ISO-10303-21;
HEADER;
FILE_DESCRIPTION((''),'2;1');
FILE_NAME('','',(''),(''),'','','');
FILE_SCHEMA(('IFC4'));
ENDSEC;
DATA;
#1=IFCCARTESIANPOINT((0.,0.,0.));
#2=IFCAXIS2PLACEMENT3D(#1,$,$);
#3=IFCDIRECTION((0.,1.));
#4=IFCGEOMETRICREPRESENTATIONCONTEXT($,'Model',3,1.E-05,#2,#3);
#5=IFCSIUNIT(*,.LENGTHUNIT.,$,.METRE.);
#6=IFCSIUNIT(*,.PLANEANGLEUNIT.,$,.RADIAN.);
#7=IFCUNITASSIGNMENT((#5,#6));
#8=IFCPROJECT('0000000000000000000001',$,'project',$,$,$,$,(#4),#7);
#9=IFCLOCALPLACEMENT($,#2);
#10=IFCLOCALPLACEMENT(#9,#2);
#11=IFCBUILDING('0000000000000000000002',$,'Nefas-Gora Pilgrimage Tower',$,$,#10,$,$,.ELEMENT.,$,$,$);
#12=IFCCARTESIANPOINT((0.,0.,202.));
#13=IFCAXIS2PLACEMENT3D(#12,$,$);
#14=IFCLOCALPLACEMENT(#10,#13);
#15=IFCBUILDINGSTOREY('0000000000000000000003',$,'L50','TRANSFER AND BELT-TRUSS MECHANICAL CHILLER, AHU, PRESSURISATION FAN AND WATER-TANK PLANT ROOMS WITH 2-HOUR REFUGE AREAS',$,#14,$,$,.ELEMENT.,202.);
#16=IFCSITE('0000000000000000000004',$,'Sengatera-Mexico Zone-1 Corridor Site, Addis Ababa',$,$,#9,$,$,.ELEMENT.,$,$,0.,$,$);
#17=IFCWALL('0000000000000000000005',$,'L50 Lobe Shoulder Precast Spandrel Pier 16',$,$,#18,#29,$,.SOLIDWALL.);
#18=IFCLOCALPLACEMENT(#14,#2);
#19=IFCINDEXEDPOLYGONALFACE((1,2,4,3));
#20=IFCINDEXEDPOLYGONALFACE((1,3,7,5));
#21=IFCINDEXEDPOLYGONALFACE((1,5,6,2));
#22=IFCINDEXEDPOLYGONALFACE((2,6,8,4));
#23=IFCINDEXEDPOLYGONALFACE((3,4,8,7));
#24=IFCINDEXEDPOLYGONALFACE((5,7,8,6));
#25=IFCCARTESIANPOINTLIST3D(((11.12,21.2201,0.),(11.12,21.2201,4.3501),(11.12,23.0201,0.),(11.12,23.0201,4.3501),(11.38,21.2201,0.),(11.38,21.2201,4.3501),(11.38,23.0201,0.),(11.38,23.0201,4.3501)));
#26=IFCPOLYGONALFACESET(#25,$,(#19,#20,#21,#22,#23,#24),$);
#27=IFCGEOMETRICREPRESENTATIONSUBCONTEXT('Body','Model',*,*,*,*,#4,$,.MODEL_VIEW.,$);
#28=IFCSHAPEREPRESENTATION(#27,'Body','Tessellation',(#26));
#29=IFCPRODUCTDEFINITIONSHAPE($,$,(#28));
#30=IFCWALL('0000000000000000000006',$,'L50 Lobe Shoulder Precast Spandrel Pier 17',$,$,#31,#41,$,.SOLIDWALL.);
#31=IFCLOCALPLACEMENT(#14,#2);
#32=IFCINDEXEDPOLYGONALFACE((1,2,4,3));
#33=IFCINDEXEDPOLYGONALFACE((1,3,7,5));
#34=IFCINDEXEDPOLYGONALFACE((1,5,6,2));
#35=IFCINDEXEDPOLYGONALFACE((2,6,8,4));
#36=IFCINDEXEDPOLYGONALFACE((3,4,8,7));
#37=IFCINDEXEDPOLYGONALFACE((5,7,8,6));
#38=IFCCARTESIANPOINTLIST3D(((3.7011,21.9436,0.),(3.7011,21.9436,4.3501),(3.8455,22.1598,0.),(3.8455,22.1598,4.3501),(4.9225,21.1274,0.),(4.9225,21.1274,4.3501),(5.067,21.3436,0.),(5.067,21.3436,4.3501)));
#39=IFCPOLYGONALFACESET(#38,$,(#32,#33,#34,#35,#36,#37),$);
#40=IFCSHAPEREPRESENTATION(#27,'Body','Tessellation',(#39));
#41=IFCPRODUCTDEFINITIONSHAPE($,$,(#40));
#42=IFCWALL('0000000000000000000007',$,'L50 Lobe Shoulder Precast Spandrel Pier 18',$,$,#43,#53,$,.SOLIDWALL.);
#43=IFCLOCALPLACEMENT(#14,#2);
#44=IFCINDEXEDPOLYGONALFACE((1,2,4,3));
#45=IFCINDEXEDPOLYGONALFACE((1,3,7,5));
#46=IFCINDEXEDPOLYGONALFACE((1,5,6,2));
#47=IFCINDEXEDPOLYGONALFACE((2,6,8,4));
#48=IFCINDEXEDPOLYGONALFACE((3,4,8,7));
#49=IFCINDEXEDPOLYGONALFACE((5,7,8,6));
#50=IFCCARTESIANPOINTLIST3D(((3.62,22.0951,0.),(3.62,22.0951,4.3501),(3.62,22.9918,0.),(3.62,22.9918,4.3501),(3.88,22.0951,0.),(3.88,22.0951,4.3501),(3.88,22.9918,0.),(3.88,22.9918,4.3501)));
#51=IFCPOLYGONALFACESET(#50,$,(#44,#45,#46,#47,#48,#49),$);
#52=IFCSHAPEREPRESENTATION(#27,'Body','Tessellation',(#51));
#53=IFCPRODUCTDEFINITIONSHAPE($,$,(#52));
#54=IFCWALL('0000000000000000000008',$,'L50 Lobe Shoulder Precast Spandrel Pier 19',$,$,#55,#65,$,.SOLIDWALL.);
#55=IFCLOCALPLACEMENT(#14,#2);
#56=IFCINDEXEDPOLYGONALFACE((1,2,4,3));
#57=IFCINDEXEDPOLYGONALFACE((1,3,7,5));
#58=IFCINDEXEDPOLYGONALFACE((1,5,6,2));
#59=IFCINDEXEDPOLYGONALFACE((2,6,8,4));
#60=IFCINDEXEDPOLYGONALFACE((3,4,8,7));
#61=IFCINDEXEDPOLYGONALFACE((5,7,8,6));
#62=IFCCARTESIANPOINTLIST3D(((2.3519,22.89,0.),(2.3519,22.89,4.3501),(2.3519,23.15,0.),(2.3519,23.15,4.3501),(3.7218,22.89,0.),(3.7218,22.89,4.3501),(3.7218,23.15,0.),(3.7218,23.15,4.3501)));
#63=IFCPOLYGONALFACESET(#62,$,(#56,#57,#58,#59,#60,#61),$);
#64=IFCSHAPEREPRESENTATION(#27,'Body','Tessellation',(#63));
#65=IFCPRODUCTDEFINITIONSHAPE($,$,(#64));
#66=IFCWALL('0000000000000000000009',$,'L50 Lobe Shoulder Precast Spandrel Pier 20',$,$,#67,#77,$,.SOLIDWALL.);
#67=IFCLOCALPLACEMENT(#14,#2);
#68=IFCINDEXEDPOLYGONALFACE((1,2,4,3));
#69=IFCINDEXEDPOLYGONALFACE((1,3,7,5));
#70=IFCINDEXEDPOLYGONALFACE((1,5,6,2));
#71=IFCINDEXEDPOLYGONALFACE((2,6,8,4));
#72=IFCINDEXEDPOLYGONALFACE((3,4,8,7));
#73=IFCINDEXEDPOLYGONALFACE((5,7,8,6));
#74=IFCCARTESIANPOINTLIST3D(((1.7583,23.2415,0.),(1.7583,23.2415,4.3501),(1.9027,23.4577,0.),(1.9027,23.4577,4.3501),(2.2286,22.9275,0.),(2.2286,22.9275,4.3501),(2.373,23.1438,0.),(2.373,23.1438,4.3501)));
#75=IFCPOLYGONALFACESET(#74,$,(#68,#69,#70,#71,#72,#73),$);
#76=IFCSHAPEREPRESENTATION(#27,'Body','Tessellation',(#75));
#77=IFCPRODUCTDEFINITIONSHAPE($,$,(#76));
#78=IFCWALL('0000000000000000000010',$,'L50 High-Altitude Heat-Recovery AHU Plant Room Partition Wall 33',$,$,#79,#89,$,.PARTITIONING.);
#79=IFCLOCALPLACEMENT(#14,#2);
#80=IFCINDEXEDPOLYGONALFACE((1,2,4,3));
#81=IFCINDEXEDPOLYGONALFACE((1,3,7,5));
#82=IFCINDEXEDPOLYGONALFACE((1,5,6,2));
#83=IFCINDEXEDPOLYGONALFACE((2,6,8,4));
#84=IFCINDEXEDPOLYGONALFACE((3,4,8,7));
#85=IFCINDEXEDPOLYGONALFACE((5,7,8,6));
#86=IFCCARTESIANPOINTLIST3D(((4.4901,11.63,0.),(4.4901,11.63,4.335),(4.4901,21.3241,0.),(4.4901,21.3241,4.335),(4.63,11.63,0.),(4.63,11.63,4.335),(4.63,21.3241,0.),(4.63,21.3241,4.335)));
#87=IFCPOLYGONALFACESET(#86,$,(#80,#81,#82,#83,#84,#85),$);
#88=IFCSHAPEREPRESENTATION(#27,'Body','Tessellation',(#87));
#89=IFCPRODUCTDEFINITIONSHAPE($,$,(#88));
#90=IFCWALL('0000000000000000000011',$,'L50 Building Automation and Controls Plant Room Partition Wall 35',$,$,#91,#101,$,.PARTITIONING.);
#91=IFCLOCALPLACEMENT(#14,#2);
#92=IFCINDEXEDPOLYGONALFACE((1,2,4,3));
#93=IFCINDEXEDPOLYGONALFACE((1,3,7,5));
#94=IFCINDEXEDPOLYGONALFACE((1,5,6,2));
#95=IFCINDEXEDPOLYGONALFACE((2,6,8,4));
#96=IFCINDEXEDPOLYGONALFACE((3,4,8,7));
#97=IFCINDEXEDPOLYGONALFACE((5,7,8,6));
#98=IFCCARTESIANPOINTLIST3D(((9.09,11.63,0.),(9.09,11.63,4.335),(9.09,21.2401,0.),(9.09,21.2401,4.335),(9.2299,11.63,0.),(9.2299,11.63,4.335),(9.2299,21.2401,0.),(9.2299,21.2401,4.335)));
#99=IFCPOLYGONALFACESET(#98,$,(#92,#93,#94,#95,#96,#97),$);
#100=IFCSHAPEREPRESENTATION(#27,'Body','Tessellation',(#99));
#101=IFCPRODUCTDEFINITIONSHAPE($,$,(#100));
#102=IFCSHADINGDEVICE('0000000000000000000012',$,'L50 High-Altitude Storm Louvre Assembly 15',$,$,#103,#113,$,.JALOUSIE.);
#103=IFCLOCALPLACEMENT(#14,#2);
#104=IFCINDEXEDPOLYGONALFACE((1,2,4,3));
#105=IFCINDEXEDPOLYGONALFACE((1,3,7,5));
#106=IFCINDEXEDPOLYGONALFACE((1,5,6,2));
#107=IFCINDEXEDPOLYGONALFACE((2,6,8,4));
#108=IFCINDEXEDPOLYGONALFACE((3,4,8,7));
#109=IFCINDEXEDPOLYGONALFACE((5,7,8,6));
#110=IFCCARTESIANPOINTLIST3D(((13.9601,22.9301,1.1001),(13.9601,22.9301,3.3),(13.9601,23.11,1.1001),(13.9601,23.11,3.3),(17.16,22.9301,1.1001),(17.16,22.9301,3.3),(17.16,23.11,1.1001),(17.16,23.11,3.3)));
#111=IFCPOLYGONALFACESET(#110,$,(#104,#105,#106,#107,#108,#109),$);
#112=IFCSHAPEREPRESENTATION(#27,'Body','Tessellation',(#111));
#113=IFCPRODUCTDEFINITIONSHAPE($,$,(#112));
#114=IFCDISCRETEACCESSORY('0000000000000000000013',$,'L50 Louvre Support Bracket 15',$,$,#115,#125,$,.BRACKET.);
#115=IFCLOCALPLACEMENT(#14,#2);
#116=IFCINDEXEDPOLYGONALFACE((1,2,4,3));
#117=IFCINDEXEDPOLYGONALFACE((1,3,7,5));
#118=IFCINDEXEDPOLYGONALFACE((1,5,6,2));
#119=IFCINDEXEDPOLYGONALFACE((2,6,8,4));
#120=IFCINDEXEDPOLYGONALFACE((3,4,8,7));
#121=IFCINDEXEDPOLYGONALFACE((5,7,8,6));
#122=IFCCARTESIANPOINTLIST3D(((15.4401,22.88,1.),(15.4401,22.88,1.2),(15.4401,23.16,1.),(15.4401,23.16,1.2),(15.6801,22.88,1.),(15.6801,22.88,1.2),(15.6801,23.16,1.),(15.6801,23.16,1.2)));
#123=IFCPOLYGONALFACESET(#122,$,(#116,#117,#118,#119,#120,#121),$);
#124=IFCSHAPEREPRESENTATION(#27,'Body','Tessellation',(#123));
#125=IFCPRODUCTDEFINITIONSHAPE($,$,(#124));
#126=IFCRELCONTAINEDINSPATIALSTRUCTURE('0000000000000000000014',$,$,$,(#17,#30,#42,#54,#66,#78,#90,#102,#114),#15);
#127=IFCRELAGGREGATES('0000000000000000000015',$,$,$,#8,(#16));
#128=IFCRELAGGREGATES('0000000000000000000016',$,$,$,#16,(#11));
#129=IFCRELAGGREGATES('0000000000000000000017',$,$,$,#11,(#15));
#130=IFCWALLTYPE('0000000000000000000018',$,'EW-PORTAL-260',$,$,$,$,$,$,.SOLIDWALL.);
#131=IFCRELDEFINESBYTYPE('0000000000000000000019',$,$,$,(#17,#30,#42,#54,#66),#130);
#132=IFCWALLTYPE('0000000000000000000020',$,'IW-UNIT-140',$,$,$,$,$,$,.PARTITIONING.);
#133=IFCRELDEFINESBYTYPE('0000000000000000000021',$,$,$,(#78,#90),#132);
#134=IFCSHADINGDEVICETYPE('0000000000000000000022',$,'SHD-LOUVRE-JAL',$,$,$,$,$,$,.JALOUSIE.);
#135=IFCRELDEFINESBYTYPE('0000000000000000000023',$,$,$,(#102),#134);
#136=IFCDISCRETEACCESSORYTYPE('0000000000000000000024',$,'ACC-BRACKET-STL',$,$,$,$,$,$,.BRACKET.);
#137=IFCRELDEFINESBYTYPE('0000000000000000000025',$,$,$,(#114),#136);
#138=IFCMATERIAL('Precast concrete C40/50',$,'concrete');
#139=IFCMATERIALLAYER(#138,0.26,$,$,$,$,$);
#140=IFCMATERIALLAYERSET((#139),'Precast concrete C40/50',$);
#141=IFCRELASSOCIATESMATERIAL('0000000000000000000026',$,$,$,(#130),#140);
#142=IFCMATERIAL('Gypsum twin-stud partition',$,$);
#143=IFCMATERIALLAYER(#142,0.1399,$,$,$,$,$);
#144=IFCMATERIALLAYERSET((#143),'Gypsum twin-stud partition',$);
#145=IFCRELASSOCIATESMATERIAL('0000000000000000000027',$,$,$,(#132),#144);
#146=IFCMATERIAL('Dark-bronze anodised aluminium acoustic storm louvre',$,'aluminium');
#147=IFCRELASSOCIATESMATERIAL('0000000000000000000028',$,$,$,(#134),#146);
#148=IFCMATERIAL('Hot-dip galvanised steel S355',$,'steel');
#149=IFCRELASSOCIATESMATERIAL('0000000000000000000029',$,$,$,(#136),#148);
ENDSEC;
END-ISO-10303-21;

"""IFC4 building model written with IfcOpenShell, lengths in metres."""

from ifc_helpers import new_model, si_unit, direction, frame, frame_2d, origin, origin_2d, place, context, subcontext, project, spatial, rectangle, extrude, source, transform, mapped, material, layer, layer_set, type_object, element, save


model = new_model("IFC4")

# Units and contexts
model_context = context("Model", 3, precision=1e-05, world=origin(), true_north=direction((0.0, 1.0)))
body_context = subcontext(model_context, "Body", "Model", "MODEL_VIEW")
ifc_project = project(units=[si_unit("LENGTHUNIT", "METRE"), si_unit("PLANEANGLEUNIT", "RADIAN")], contexts=[model_context])

# Site, building, storey
site_placement = place(None, origin())
site = spatial("IfcSite", under=ifc_project, at=site_placement, Name="Sengatera-Mexico Zone-1 Corridor Site, Addis Ababa", CompositionType="ELEMENT", RefElevation=0.0)
building_placement = place(site_placement, origin())
building = spatial("IfcBuilding", under=site, at=building_placement, Name="Nefas-Gora Pilgrimage Tower", CompositionType="ELEMENT")
storey_placement = place(building_placement, frame((0.0, 0.0, 202.0)))
storey = spatial("IfcBuildingStorey", under=building, at=storey_placement, Name="L50", Description="TRANSFER AND BELT-TRUSS MECHANICAL CHILLER, AHU, PRESSURISATION FAN AND WATER-TANK PLANT ROOMS WITH 2-HOUR REFUGE AREAS", CompositionType="ELEMENT", Elevation=202.0)

# Walls
ifc_material_1 = material(Name="Precast concrete C40/50", Category="concrete")
ifc_layer_1 = layer(ifc_material_1, 0.26)
ifc_layer_set_1 = layer_set([ifc_layer_1], Name="Precast concrete C40/50")
wall_type_1 = type_object("IfcWallType", Name="EW-PORTAL-260", PredefinedType="SOLIDWALL", material=ifc_layer_set_1)
shared_shape_1 = source(origin(), body_context, "Body", "SweptSolid", [
    extrude(rectangle(XDim=1.8, YDim=0.26, at=frame_2d((0.8999, 0.0))), origin(), (0.0, 0.0, 1.0), 4.3501),
])
wall_1_placement = place(storey_placement, frame((11.25, 23.02, 0.0), z_axis=(0.0, 0.0, 1.0), x_axis=(0.0, -1.0, 0.0)))
element("IfcWall", 1, at=wall_1_placement, inside=storey, type_object=wall_type_1, Name="L50 Lobe Shoulder Precast Spandrel Pier 16", PredefinedType="SOLIDWALL", context=body_context, shape_type="MappedRepresentation", body=[
    mapped(shared_shape_1, transform((0.0, 0.0, 0.0), x_axis=(1.0, 0.0, 0.0), y_axis=(0.0, 1.0, 0.0), z_axis=(0.0, 0.0, 1.0), scale=1.0)),
])
shared_shape_2 = source(origin(), body_context, "Body", "SweptSolid", [
    extrude(rectangle(XDim=1.469, YDim=0.26, at=frame_2d((0.7344, 0.0))), origin(), (0.0, 0.0, 1.0), 4.3501),
])
wall_2_placement = place(storey_placement, frame((4.9946, 21.2356, 0.0), z_axis=(0.0, 0.0, 1.0), x_axis=(-0.831462, 0.555582, 0.0)))
element("IfcWall", 2, at=wall_2_placement, inside=storey, type_object=wall_type_1, Name="L50 Lobe Shoulder Precast Spandrel Pier 17", PredefinedType="SOLIDWALL", context=body_context, shape_type="MappedRepresentation", body=[
    mapped(shared_shape_2, transform((0.0, 0.0, 0.0), x_axis=(1.0, 0.0, 0.0), y_axis=(0.0, 1.0, 0.0), z_axis=(0.0, 0.0, 1.0), scale=1.0)),
])
shared_shape_3 = source(origin(), body_context, "Body", "SweptSolid", [
    extrude(rectangle(XDim=0.8967, YDim=0.26, at=frame_2d((0.4482, 0.0))), origin(), (0.0, 0.0, 1.0), 4.3501),
])
wall_3_placement = place(storey_placement, frame((3.75, 22.0952, 0.0), z_axis=(0.0, 0.0, 1.0), x_axis=(0.0, 1.0, 0.0)))
element("IfcWall", 3, at=wall_3_placement, inside=storey, type_object=wall_type_1, Name="L50 Lobe Shoulder Precast Spandrel Pier 18", PredefinedType="SOLIDWALL", context=body_context, shape_type="MappedRepresentation", body=[
    mapped(shared_shape_3, transform((0.0, 0.0, 0.0), x_axis=(1.0, 0.0, 0.0), y_axis=(0.0, 1.0, 0.0), z_axis=(0.0, 0.0, 1.0), scale=1.0)),
])
shared_shape_4 = source(origin(), body_context, "Body", "SweptSolid", [
    extrude(rectangle(XDim=1.3699, YDim=0.26, at=frame_2d((0.6851, 0.0))), origin(), (0.0, 0.0, 1.0), 4.3501),
])
wall_4_placement = place(storey_placement, frame((3.7219, 23.02, 0.0), z_axis=(0.0, 0.0, 1.0), x_axis=(-1.0, 0.0, 0.0)))
element("IfcWall", 4, at=wall_4_placement, inside=storey, type_object=wall_type_1, Name="L50 Lobe Shoulder Precast Spandrel Pier 19", PredefinedType="SOLIDWALL", context=body_context, shape_type="MappedRepresentation", body=[
    mapped(shared_shape_4, transform((0.0, 0.0, 0.0), x_axis=(1.0, 0.0, 0.0), y_axis=(0.0, 1.0, 0.0), z_axis=(0.0, 0.0, 1.0), scale=1.0)),
])
shared_shape_5 = source(origin(), body_context, "Body", "SweptSolid", [
    extrude(rectangle(XDim=0.5654, YDim=0.26, at=frame_2d((0.2827, 0.0))), origin(), (0.0, 0.0, 1.0), 4.3501),
])
wall_5_placement = place(storey_placement, frame((2.3008, 23.0356, 0.0), z_axis=(0.0, 0.0, 1.0), x_axis=(-0.831651, 0.555298, 0.0)))
element("IfcWall", 5, at=wall_5_placement, inside=storey, type_object=wall_type_1, Name="L50 Lobe Shoulder Precast Spandrel Pier 20", PredefinedType="SOLIDWALL", context=body_context, shape_type="MappedRepresentation", body=[
    mapped(shared_shape_5, transform((0.0, 0.0, 0.0), x_axis=(1.0, 0.0, 0.0), y_axis=(0.0, 1.0, 0.0), z_axis=(0.0, 0.0, 1.0), scale=1.0)),
])
ifc_material_2 = material(Name="Gypsum twin-stud partition")
ifc_layer_2 = layer(ifc_material_2, 0.1399)
ifc_layer_set_2 = layer_set([ifc_layer_2], Name="Gypsum twin-stud partition")
wall_type_2 = type_object("IfcWallType", Name="IW-UNIT-140", PredefinedType="PARTITIONING", material=ifc_layer_set_2)
shared_shape_6 = source(origin(), body_context, "Body", "SweptSolid", [
    extrude(rectangle(XDim=9.6941, YDim=0.1399, at=frame_2d((4.8472, 0.0))), origin(), (0.0, 0.0, 1.0), 4.335),
])
wall_6_placement = place(storey_placement, frame((4.5601, 11.6299, 0.0), z_axis=(0.0, 0.0, 1.0), x_axis=(0.0, 1.0, 0.0)))
element("IfcWall", 6, at=wall_6_placement, inside=storey, type_object=wall_type_2, Name="L50 High-Altitude Heat-Recovery AHU Plant Room Partition Wall 33", PredefinedType="PARTITIONING", context=body_context, shape_type="MappedRepresentation", body=[
    mapped(shared_shape_6, transform((0.0, 0.0, 0.0), x_axis=(1.0, 0.0, 0.0), y_axis=(0.0, 1.0, 0.0), z_axis=(0.0, 0.0, 1.0), scale=1.0)),
])
shared_shape_7 = source(origin(), body_context, "Body", "SweptSolid", [
    extrude(rectangle(XDim=9.6101, YDim=0.1399, at=frame_2d((4.8052, 0.0))), origin(), (0.0, 0.0, 1.0), 4.335),
])
wall_7_placement = place(storey_placement, frame((9.1599, 11.6299, 0.0), z_axis=(0.0, 0.0, 1.0), x_axis=(0.0, 1.0, 0.0)))
element("IfcWall", 7, at=wall_7_placement, inside=storey, type_object=wall_type_2, Name="L50 Building Automation and Controls Plant Room Partition Wall 35", PredefinedType="PARTITIONING", context=body_context, shape_type="MappedRepresentation", body=[
    mapped(shared_shape_7, transform((0.0, 0.0, 0.0), x_axis=(1.0, 0.0, 0.0), y_axis=(0.0, 1.0, 0.0), z_axis=(0.0, 0.0, 1.0), scale=1.0)),
])

# Shading device
ifc_material_3 = material(Name="Dark-bronze anodised aluminium acoustic storm louvre", Category="aluminium")
shading_device_type = type_object("IfcShadingDeviceType", Name="SHD-LOUVRE-JAL", PredefinedType="JALOUSIE", material=ifc_material_3)
shared_shape_8 = source(origin(), body_context, "Body", "SweptSolid", [
    extrude(rectangle(XDim=3.2, YDim=0.1799, at=origin_2d()), origin(), (0.0, 0.0, 1.0), 2.2),
])
shading_device_placement = place(storey_placement, frame((15.5601, 23.02, 1.1001), z_axis=(0.0, 0.0, 1.0), x_axis=(1.0, 0.0, 0.0)))
element("IfcShadingDevice", 8, at=shading_device_placement, inside=storey, type_object=shading_device_type, Name="L50 High-Altitude Storm Louvre Assembly 15", PredefinedType="JALOUSIE", context=body_context, shape_type="MappedRepresentation", body=[
    mapped(shared_shape_8, transform((0.0, 0.0, 0.0), x_axis=(1.0, 0.0, 0.0), y_axis=(0.0, 1.0, 0.0), z_axis=(0.0, 0.0, 1.0), scale=1.0)),
])

# Discrete accessory
ifc_material_4 = material(Name="Hot-dip galvanised steel S355", Category="steel")
discrete_accessory_type = type_object("IfcDiscreteAccessoryType", Name="ACC-BRACKET-STL", PredefinedType="BRACKET", material=ifc_material_4)
shared_shape_9 = source(origin(), body_context, "Body", "SweptSolid", [
    extrude(rectangle(XDim=0.24, YDim=0.28, at=origin_2d()), origin(), (0.0, 0.0, 1.0), 0.2),
])
discrete_accessory_placement = place(storey_placement, frame((15.5601, 23.02, 1.0), z_axis=(0.0, 0.0, 1.0), x_axis=(1.0, 0.0, 0.0)))
element("IfcDiscreteAccessory", 9, at=discrete_accessory_placement, inside=storey, type_object=discrete_accessory_type, Name="L50 Louvre Support Bracket 15", PredefinedType="BRACKET", context=body_context, shape_type="MappedRepresentation", body=[
    mapped(shared_shape_9, transform((0.0, 0.0, 0.0), x_axis=(1.0, 0.0, 0.0), y_axis=(0.0, 1.0, 0.0), z_axis=(0.0, 0.0, 1.0), scale=1.0)),
])

save(model, "model.ifc")
